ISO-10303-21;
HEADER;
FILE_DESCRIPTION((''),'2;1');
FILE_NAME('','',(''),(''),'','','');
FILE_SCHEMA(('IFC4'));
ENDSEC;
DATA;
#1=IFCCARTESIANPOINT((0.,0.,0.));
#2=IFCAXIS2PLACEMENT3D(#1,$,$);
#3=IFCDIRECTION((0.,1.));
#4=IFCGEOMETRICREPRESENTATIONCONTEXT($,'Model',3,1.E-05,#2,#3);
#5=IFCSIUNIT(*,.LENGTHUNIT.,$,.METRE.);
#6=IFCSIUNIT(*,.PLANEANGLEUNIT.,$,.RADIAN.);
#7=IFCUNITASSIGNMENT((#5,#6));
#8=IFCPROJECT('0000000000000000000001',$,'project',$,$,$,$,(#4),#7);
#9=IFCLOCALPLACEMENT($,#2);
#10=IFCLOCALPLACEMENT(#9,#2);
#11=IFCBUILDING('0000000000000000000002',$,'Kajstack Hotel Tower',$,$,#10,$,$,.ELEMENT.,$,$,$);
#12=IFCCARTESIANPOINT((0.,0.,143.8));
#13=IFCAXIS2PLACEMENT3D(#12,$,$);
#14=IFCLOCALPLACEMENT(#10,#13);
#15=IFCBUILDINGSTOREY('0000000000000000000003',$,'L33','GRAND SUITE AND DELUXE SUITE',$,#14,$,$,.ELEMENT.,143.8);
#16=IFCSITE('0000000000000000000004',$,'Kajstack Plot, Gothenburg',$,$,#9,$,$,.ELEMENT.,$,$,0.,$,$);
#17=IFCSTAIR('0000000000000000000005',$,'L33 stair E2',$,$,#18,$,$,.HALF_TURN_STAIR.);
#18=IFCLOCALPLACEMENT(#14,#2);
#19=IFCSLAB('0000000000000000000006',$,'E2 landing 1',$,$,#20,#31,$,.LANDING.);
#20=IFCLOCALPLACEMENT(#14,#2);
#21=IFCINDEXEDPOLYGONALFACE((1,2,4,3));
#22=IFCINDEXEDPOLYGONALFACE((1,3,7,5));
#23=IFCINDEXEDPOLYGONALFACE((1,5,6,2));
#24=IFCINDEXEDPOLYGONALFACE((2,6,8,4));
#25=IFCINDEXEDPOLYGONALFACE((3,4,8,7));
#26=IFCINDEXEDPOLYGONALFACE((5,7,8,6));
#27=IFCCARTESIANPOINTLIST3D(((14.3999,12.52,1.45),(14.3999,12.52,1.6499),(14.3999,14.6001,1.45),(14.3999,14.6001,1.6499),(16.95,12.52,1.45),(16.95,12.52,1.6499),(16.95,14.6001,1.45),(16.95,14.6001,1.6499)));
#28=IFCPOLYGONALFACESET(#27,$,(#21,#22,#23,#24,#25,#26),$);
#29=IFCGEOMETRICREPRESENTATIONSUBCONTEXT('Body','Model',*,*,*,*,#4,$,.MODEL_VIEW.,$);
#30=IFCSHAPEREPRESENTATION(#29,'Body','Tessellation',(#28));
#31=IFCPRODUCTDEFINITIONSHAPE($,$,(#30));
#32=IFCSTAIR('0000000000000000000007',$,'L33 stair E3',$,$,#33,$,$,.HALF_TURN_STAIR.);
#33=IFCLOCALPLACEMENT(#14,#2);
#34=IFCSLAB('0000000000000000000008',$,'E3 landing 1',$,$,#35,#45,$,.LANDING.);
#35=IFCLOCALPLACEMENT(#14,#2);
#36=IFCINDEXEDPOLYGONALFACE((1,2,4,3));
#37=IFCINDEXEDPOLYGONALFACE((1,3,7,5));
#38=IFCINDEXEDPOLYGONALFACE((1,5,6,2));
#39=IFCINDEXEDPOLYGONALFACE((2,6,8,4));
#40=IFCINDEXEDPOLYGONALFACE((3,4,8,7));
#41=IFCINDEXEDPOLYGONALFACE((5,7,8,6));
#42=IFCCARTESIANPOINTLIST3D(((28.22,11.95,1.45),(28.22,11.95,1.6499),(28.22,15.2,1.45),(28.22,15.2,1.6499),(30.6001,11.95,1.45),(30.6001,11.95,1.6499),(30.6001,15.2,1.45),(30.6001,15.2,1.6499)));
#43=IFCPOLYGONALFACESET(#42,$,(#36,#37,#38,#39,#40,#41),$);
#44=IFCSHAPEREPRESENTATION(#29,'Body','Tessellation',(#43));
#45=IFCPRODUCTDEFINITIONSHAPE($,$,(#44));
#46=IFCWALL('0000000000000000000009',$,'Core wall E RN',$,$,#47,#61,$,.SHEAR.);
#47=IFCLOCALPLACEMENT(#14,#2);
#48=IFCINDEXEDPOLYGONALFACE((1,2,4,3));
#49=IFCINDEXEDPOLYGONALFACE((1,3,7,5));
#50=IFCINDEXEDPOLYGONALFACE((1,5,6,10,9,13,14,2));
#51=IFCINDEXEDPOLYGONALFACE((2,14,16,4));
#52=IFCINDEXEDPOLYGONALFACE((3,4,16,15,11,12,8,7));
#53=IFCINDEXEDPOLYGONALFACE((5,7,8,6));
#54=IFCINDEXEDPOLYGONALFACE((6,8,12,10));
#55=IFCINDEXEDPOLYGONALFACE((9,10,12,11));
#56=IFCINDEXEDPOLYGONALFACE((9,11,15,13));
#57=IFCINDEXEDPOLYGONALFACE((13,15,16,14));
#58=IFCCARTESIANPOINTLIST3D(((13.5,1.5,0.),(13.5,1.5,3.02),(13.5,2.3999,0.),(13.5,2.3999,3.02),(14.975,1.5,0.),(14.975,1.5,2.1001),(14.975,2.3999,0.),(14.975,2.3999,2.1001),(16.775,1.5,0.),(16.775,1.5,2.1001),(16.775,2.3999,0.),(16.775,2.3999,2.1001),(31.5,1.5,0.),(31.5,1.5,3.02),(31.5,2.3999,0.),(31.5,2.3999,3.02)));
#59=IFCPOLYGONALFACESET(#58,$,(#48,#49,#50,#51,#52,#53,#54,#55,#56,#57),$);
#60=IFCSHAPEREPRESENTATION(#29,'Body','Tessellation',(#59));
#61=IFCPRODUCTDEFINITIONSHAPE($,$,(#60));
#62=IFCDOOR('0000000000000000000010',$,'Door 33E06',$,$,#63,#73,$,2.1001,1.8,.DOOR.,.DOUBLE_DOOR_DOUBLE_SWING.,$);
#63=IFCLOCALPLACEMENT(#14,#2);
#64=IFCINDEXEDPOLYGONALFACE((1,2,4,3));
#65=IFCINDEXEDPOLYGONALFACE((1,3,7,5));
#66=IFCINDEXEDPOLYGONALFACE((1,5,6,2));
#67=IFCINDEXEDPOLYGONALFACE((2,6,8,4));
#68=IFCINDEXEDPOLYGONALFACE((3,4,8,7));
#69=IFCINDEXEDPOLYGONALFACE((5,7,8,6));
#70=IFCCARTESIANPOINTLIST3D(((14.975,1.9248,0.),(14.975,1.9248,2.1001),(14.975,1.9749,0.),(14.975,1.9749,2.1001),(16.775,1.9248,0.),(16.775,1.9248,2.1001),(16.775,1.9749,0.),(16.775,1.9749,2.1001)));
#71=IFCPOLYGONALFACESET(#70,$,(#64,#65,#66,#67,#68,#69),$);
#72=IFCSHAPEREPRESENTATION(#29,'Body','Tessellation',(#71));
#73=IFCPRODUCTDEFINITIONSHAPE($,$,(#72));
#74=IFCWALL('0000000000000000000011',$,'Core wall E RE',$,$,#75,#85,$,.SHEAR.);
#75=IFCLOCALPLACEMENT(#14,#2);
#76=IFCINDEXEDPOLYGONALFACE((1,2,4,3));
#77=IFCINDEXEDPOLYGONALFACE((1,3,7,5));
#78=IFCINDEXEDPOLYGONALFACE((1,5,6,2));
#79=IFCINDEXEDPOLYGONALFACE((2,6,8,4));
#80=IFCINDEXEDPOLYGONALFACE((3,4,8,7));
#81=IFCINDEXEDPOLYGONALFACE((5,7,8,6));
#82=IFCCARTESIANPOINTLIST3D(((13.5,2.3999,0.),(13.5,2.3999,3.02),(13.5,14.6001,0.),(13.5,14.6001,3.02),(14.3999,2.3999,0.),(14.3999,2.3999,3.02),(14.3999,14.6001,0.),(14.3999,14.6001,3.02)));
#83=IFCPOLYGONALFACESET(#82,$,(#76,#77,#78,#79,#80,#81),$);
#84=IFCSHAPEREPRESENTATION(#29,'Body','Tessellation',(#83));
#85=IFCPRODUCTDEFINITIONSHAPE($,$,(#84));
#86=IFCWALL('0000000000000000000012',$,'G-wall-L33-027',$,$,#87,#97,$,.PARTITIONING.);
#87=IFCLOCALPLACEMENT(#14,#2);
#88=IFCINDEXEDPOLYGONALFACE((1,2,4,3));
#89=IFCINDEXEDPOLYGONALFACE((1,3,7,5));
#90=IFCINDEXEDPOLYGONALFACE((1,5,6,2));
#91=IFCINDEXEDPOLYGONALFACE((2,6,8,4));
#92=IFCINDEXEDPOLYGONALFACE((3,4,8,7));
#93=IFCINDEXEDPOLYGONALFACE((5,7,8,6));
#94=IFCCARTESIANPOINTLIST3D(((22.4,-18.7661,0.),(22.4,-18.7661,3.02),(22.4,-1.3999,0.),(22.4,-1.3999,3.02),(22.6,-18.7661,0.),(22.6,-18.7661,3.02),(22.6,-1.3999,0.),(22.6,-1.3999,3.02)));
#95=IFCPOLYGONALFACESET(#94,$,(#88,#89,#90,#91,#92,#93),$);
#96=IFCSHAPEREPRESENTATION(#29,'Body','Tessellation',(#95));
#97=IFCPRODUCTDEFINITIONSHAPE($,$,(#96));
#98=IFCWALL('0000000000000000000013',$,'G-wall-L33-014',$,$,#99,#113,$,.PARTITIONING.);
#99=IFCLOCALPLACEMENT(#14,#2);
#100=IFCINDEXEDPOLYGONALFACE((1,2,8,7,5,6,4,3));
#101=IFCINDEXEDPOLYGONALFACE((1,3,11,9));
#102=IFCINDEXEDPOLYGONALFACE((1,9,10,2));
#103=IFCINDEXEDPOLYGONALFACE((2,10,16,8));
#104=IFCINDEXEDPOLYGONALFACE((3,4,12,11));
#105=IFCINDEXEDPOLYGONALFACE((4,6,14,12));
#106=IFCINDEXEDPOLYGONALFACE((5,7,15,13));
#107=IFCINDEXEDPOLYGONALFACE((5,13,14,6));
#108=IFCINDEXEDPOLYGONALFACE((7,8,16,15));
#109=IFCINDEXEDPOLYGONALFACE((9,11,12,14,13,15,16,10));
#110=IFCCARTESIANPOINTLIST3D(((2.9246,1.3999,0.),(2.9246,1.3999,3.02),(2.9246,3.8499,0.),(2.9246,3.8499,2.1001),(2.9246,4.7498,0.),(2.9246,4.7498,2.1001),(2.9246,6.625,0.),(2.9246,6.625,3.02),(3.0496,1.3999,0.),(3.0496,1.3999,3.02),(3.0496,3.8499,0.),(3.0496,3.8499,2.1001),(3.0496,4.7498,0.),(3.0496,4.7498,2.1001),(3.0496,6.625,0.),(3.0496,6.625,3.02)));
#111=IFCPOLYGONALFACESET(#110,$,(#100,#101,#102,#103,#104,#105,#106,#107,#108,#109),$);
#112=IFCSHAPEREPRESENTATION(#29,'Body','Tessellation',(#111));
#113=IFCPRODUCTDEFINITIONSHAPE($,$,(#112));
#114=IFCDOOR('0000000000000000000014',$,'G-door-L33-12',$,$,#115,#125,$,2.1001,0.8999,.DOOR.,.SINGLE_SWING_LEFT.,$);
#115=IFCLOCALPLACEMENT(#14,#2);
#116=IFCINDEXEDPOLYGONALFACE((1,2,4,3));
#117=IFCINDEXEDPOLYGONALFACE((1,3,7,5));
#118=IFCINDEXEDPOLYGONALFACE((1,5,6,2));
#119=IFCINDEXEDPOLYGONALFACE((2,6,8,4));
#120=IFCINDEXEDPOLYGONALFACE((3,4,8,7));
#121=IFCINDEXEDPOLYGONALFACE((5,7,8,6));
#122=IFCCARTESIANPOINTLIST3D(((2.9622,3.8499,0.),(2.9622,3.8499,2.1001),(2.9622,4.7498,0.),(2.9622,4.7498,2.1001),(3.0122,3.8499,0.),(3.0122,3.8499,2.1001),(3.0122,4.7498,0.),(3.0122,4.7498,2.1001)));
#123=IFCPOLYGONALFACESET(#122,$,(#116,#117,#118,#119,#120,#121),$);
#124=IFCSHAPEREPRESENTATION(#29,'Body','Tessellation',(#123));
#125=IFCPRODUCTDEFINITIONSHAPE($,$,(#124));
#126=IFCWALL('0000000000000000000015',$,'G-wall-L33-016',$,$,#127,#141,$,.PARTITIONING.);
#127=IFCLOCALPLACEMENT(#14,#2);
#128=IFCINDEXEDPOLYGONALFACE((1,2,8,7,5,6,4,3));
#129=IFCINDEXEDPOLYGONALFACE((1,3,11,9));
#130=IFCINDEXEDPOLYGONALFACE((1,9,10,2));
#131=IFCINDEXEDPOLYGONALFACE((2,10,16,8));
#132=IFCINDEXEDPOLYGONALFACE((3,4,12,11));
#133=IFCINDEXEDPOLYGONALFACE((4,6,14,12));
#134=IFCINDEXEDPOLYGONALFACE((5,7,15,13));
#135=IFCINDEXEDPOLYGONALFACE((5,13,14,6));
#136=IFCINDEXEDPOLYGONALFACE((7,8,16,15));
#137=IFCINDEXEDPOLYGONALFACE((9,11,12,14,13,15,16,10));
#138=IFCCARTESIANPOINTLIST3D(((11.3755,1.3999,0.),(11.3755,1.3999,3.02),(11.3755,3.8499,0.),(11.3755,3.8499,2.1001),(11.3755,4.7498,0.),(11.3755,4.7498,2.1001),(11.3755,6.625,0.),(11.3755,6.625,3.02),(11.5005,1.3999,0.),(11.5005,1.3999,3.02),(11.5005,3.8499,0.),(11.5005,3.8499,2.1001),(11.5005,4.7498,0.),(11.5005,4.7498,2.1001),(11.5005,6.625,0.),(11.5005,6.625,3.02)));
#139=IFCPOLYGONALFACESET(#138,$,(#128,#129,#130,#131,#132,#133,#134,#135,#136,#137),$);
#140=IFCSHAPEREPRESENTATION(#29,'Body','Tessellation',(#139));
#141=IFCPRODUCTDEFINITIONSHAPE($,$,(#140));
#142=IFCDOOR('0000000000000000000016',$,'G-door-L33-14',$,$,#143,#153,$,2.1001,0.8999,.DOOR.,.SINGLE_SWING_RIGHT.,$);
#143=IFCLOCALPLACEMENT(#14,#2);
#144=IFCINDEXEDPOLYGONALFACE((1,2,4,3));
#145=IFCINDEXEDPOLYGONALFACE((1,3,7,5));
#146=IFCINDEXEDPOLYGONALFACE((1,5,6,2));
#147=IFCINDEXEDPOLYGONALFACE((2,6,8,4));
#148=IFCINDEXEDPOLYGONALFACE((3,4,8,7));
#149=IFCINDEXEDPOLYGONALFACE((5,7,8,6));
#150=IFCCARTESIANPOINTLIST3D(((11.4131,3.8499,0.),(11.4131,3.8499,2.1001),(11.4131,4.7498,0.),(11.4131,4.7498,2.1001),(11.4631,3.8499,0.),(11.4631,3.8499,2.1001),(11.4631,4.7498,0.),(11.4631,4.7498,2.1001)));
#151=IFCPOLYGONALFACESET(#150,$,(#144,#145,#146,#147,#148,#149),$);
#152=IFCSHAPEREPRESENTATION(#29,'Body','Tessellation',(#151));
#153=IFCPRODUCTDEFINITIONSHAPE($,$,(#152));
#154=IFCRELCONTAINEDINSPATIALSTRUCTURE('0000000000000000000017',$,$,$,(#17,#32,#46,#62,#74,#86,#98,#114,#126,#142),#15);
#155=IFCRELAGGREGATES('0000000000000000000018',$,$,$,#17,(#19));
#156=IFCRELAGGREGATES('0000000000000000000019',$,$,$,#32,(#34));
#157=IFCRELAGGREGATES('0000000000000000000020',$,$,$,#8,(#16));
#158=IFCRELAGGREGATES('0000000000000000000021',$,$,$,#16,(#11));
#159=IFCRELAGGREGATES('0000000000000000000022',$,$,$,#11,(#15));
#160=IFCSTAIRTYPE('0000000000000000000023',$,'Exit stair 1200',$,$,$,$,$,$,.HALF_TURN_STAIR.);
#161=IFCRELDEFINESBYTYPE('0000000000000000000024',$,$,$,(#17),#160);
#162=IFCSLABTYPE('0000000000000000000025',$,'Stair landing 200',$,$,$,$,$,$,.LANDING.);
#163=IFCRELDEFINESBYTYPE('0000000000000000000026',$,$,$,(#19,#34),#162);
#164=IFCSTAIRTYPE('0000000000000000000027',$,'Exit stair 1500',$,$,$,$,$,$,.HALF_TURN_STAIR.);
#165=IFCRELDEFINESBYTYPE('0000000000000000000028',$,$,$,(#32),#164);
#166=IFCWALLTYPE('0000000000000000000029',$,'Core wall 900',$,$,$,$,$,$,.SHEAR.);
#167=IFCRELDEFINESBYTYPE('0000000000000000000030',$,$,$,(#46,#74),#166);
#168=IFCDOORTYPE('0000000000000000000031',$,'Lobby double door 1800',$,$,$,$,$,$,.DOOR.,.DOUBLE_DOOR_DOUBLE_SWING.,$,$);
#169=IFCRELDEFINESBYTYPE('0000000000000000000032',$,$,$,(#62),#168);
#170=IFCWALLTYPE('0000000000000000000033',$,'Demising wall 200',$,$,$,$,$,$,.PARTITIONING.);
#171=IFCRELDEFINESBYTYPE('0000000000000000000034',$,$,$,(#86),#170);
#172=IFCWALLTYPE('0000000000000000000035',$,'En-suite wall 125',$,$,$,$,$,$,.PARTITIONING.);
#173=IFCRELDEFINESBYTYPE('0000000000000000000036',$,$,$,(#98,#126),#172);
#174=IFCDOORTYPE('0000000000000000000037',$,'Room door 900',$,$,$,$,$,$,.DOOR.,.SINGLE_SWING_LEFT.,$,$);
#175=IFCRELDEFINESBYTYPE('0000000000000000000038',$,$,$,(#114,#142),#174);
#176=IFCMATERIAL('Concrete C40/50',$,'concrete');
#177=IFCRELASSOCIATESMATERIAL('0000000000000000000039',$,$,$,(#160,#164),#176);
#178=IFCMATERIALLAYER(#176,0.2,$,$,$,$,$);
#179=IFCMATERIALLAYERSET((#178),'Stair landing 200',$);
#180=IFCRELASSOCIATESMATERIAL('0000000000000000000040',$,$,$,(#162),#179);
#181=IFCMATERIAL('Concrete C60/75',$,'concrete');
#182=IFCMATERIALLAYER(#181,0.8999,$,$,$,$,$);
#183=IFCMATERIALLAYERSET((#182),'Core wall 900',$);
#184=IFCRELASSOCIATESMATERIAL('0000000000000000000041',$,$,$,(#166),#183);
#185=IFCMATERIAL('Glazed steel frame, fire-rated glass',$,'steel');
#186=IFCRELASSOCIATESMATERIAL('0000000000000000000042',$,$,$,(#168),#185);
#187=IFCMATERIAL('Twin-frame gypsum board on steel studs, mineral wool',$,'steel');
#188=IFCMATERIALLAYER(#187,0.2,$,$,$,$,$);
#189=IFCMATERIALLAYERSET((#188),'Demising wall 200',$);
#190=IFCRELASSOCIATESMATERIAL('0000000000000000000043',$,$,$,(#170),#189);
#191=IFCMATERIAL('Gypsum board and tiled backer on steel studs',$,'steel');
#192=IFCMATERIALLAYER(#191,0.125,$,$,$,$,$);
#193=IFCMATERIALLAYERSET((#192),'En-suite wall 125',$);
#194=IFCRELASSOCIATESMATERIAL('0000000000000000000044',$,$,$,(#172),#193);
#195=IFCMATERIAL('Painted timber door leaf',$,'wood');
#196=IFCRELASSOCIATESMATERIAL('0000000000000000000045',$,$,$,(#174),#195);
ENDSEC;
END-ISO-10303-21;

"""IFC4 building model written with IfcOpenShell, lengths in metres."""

from ifc_helpers import new_model, si_unit, direction, frame, frame_2d, origin, place, context, subcontext, project, spatial, polyline, rectangle, outline, extrude, material, layer, layer_set, type_object, element, fill, aggregate, save


model = new_model("IFC4")

# Units and contexts
model_context = context("Model", 3, precision=1e-05, world=origin(), true_north=direction((0.0, 1.0)))
body_context = subcontext(model_context, "Body", "Model", "MODEL_VIEW")
ifc_project = project(units=[si_unit("LENGTHUNIT", "METRE"), si_unit("PLANEANGLEUNIT", "RADIAN")], contexts=[model_context])

# Site, building, storey
site_placement = place(None, origin())
site = spatial("IfcSite", under=ifc_project, at=site_placement, Name="Kajstack Plot, Gothenburg", CompositionType="ELEMENT", RefElevation=0.0)
building_placement = place(site_placement, origin())
building = spatial("IfcBuilding", under=site, at=building_placement, Name="Kajstack Hotel Tower", CompositionType="ELEMENT")
storey_placement = place(building_placement, frame((0.0, 0.0, 143.8)))
storey = spatial("IfcBuildingStorey", under=building, at=storey_placement, Name="L33", Description="GRAND SUITE AND DELUXE SUITE", CompositionType="ELEMENT", Elevation=143.8)

# Stairs, slabs
ifc_material_1 = material(Name="Concrete C40/50", Category="concrete")
stair_type_1 = type_object("IfcStairType", Name="Exit stair 1200", PredefinedType="HALF_TURN_STAIR", material=ifc_material_1)
stair_1_placement = place(storey_placement, origin())
stair_1 = element("IfcStair", 1, at=stair_1_placement, inside=storey, type_object=stair_type_1, Name="L33 stair E2", PredefinedType="HALF_TURN_STAIR")
ifc_layer_1 = layer(ifc_material_1, 0.2)
ifc_layer_set_1 = layer_set([ifc_layer_1], Name="Stair landing 200")
slab_type = type_object("IfcSlabType", Name="Stair landing 200", PredefinedType="LANDING", material=ifc_layer_set_1)
slab_1_placement = place(storey_placement, frame((0.0, 0.0, 1.45)))
slab_1 = element("IfcSlab", 2, at=slab_1_placement, type_object=slab_type, Name="E2 landing 1", PredefinedType="LANDING", context=body_context, shape_type="SweptSolid", body=[
    extrude(outline(polyline([(16.95, 12.52), (16.95, 14.6001), (14.3999, 14.6001), (14.3999, 12.52), (16.95, 12.52)])), origin(), (0.0, 0.0, 1.0), 0.2),
])
aggregate(stair_1, [slab_1])
stair_type_2 = type_object("IfcStairType", Name="Exit stair 1500", PredefinedType="HALF_TURN_STAIR", material=ifc_material_1)
stair_2_placement = place(storey_placement, origin())
stair_2 = element("IfcStair", 3, at=stair_2_placement, inside=storey, type_object=stair_type_2, Name="L33 stair E3", PredefinedType="HALF_TURN_STAIR")
slab_2_placement = place(storey_placement, frame((0.0, 0.0, 1.45)))
slab_2 = element("IfcSlab", 4, at=slab_2_placement, type_object=slab_type, Name="E3 landing 1", PredefinedType="LANDING", context=body_context, shape_type="SweptSolid", body=[
    extrude(outline(polyline([(28.22, 11.95), (30.6001, 11.95), (30.6001, 15.2), (28.22, 15.2), (28.22, 11.95)])), origin(), (0.0, 0.0, 1.0), 0.2),
])
aggregate(stair_2, [slab_2])

# Wall, opening, door
ifc_material_2 = material(Name="Concrete C60/75", Category="concrete")
ifc_layer_2 = layer(ifc_material_2, 0.8999)
ifc_layer_set_2 = layer_set([ifc_layer_2], Name="Core wall 900")
wall_type_1 = type_object("IfcWallType", Name="Core wall 900", PredefinedType="SHEAR", material=ifc_layer_set_2)
wall_1_placement = place(storey_placement, frame((13.5, 1.95, 0.0), z_axis=(0.0, 0.0, 1.0), x_axis=(1.0, 0.0, 0.0)))
wall_1 = element("IfcWall", 5, at=wall_1_placement, inside=storey, type_object=wall_type_1, Name="Core wall E RN", PredefinedType="SHEAR", context=body_context, shape_type="SweptSolid", body=[
    extrude(rectangle(XDim=18.0, YDim=0.8999, at=frame_2d((9.0, 0.0))), origin(), (0.0, 0.0, 1.0), 3.02),
])
opening_1_placement = place(wall_1_placement, frame((1.4751, 0.0, 0.0)))
opening_1 = element("IfcOpeningElement", 6, at=opening_1_placement, cuts=wall_1, PredefinedType="OPENING", context=body_context, shape_type="SweptSolid", body=[
    extrude(rectangle(XDim=1.8, YDim=2.1001, at=frame_2d((0.8999, 1.05))), frame((0.0, 0.46, 0.0), z_axis=(0.0, -1.0, 0.0), x_axis=(1.0, 0.0, 0.0)), (0.0, 0.0, 1.0), 0.9199),
])
ifc_material_3 = material(Name="Glazed steel frame, fire-rated glass", Category="steel")
door_type_1 = type_object("IfcDoorType", Name="Lobby double door 1800", OperationType="DOUBLE_DOOR_DOUBLE_SWING", PredefinedType="DOOR", material=ifc_material_3)
door_1_placement = place(opening_1_placement, origin())
door_1 = element("IfcDoor", 7, at=door_1_placement, inside=storey, type_object=door_type_1, Name="Door 33E06", OperationType="DOUBLE_DOOR_DOUBLE_SWING", OverallHeight=2.1001, OverallWidth=1.8, PredefinedType="DOOR", context=body_context, shape_type="SweptSolid", body=[
    extrude(rectangle(XDim=1.8, YDim=2.1001, at=frame_2d((0.8999, 1.05))), frame((0.0, 0.0249, 0.0), z_axis=(0.0, -1.0, 0.0), x_axis=(1.0, 0.0, 0.0)), (0.0, 0.0, 1.0), 0.05),
])
fill(opening_1, door_1)

# Walls
wall_2_placement = place(storey_placement, frame((13.95, 2.3999, 0.0), z_axis=(0.0, 0.0, 1.0), x_axis=(0.0, 1.0, 0.0)))
element("IfcWall", 8, at=wall_2_placement, inside=storey, type_object=wall_type_1, Name="Core wall E RE", PredefinedType="SHEAR", context=body_context, shape_type="SweptSolid", body=[
    extrude(rectangle(XDim=12.2002, YDim=0.8999, at=frame_2d((6.1001, 0.0))), origin(), (0.0, 0.0, 1.0), 3.02),
])
ifc_material_4 = material(Name="Twin-frame gypsum board on steel studs, mineral wool", Category="steel")
ifc_layer_3 = layer(ifc_material_4, 0.2)
ifc_layer_set_3 = layer_set([ifc_layer_3], Name="Demising wall 200")
wall_type_2 = type_object("IfcWallType", Name="Demising wall 200", PredefinedType="PARTITIONING", material=ifc_layer_set_3)
wall_3_placement = place(storey_placement, frame((22.5, -18.7661, 0.0), z_axis=(0.0, 0.0, 1.0), x_axis=(0.0, 1.0, 0.0)))
element("IfcWall", 9, at=wall_3_placement, inside=storey, type_object=wall_type_2, Name="G-wall-L33-027", PredefinedType="PARTITIONING", context=body_context, shape_type="SweptSolid", body=[
    extrude(rectangle(XDim=17.3662, YDim=0.2, at=frame_2d((8.6831, 0.0))), origin(), (0.0, 0.0, 1.0), 3.02),
])

# Walls, openings, doors
ifc_material_5 = material(Name="Gypsum board and tiled backer on steel studs", Category="steel")
ifc_layer_4 = layer(ifc_material_5, 0.125)
ifc_layer_set_4 = layer_set([ifc_layer_4], Name="En-suite wall 125")
wall_type_3 = type_object("IfcWallType", Name="En-suite wall 125", PredefinedType="PARTITIONING", material=ifc_layer_set_4)
wall_4_placement = place(storey_placement, frame((2.9871, 1.3999, 0.0), z_axis=(0.0, 0.0, 1.0), x_axis=(0.0, 1.0, 0.0)))
wall_4 = element("IfcWall", 10, at=wall_4_placement, inside=storey, type_object=wall_type_3, Name="G-wall-L33-014", PredefinedType="PARTITIONING", context=body_context, shape_type="SweptSolid", body=[
    extrude(rectangle(XDim=5.2251, YDim=0.125, at=frame_2d((2.6125, 0.0))), origin(), (0.0, 0.0, 1.0), 3.02),
])
opening_2_placement = place(wall_4_placement, frame((2.45, 0.0, 0.0)))
opening_2 = element("IfcOpeningElement", 11, at=opening_2_placement, cuts=wall_4, PredefinedType="OPENING", context=body_context, shape_type="SweptSolid", body=[
    extrude(rectangle(XDim=0.8999, YDim=2.1001, at=frame_2d((0.45, 1.05))), frame((0.0, 0.0725, 0.0), z_axis=(0.0, -1.0, 0.0), x_axis=(1.0, 0.0, 0.0)), (0.0, 0.0, 1.0), 0.145),
])
ifc_material_6 = material(Name="Painted timber door leaf", Category="wood")
door_type_2 = type_object("IfcDoorType", Name="Room door 900", OperationType="SINGLE_SWING_LEFT", PredefinedType="DOOR", material=ifc_material_6)
door_2_placement = place(opening_2_placement, origin())
door_2 = element("IfcDoor", 12, at=door_2_placement, inside=storey, type_object=door_type_2, Name="G-door-L33-12", OperationType="SINGLE_SWING_LEFT", OverallHeight=2.1001, OverallWidth=0.8999, PredefinedType="DOOR", context=body_context, shape_type="SweptSolid", body=[
    extrude(rectangle(XDim=0.8999, YDim=2.1001, at=frame_2d((0.45, 1.05))), frame((0.0, 0.0249, 0.0), z_axis=(0.0, -1.0, 0.0), x_axis=(1.0, 0.0, 0.0)), (0.0, 0.0, 1.0), 0.05),
])
fill(opening_2, door_2)
wall_5_placement = place(storey_placement, frame((11.438, 1.3999, 0.0), z_axis=(0.0, 0.0, 1.0), x_axis=(0.0, 1.0, 0.0)))
wall_5 = element("IfcWall", 13, at=wall_5_placement, inside=storey, type_object=wall_type_3, Name="G-wall-L33-016", PredefinedType="PARTITIONING", context=body_context, shape_type="SweptSolid", body=[
    extrude(rectangle(XDim=5.2251, YDim=0.125, at=frame_2d((2.6125, 0.0))), origin(), (0.0, 0.0, 1.0), 3.02),
])
opening_3_placement = place(wall_5_placement, frame((2.45, 0.0, 0.0)))
opening_3 = element("IfcOpeningElement", 14, at=opening_3_placement, cuts=wall_5, PredefinedType="OPENING", context=body_context, shape_type="SweptSolid", body=[
    extrude(rectangle(XDim=0.8999, YDim=2.1001, at=frame_2d((0.45, 1.05))), frame((0.0, 0.0725, 0.0), z_axis=(0.0, -1.0, 0.0), x_axis=(1.0, 0.0, 0.0)), (0.0, 0.0, 1.0), 0.145),
])
door_3_placement = place(opening_3_placement, origin())
door_3 = element("IfcDoor", 15, at=door_3_placement, inside=storey, type_object=door_type_2, Name="G-door-L33-14", OperationType="SINGLE_SWING_RIGHT", OverallHeight=2.1001, OverallWidth=0.8999, PredefinedType="DOOR", context=body_context, shape_type="SweptSolid", body=[
    extrude(rectangle(XDim=0.8999, YDim=2.1001, at=frame_2d((0.45, 1.05))), frame((0.0, 0.0249, 0.0), z_axis=(0.0, -1.0, 0.0), x_axis=(1.0, 0.0, 0.0)), (0.0, 0.0, 1.0), 0.05),
])
fill(opening_3, door_3)

save(model, "model.ifc")
